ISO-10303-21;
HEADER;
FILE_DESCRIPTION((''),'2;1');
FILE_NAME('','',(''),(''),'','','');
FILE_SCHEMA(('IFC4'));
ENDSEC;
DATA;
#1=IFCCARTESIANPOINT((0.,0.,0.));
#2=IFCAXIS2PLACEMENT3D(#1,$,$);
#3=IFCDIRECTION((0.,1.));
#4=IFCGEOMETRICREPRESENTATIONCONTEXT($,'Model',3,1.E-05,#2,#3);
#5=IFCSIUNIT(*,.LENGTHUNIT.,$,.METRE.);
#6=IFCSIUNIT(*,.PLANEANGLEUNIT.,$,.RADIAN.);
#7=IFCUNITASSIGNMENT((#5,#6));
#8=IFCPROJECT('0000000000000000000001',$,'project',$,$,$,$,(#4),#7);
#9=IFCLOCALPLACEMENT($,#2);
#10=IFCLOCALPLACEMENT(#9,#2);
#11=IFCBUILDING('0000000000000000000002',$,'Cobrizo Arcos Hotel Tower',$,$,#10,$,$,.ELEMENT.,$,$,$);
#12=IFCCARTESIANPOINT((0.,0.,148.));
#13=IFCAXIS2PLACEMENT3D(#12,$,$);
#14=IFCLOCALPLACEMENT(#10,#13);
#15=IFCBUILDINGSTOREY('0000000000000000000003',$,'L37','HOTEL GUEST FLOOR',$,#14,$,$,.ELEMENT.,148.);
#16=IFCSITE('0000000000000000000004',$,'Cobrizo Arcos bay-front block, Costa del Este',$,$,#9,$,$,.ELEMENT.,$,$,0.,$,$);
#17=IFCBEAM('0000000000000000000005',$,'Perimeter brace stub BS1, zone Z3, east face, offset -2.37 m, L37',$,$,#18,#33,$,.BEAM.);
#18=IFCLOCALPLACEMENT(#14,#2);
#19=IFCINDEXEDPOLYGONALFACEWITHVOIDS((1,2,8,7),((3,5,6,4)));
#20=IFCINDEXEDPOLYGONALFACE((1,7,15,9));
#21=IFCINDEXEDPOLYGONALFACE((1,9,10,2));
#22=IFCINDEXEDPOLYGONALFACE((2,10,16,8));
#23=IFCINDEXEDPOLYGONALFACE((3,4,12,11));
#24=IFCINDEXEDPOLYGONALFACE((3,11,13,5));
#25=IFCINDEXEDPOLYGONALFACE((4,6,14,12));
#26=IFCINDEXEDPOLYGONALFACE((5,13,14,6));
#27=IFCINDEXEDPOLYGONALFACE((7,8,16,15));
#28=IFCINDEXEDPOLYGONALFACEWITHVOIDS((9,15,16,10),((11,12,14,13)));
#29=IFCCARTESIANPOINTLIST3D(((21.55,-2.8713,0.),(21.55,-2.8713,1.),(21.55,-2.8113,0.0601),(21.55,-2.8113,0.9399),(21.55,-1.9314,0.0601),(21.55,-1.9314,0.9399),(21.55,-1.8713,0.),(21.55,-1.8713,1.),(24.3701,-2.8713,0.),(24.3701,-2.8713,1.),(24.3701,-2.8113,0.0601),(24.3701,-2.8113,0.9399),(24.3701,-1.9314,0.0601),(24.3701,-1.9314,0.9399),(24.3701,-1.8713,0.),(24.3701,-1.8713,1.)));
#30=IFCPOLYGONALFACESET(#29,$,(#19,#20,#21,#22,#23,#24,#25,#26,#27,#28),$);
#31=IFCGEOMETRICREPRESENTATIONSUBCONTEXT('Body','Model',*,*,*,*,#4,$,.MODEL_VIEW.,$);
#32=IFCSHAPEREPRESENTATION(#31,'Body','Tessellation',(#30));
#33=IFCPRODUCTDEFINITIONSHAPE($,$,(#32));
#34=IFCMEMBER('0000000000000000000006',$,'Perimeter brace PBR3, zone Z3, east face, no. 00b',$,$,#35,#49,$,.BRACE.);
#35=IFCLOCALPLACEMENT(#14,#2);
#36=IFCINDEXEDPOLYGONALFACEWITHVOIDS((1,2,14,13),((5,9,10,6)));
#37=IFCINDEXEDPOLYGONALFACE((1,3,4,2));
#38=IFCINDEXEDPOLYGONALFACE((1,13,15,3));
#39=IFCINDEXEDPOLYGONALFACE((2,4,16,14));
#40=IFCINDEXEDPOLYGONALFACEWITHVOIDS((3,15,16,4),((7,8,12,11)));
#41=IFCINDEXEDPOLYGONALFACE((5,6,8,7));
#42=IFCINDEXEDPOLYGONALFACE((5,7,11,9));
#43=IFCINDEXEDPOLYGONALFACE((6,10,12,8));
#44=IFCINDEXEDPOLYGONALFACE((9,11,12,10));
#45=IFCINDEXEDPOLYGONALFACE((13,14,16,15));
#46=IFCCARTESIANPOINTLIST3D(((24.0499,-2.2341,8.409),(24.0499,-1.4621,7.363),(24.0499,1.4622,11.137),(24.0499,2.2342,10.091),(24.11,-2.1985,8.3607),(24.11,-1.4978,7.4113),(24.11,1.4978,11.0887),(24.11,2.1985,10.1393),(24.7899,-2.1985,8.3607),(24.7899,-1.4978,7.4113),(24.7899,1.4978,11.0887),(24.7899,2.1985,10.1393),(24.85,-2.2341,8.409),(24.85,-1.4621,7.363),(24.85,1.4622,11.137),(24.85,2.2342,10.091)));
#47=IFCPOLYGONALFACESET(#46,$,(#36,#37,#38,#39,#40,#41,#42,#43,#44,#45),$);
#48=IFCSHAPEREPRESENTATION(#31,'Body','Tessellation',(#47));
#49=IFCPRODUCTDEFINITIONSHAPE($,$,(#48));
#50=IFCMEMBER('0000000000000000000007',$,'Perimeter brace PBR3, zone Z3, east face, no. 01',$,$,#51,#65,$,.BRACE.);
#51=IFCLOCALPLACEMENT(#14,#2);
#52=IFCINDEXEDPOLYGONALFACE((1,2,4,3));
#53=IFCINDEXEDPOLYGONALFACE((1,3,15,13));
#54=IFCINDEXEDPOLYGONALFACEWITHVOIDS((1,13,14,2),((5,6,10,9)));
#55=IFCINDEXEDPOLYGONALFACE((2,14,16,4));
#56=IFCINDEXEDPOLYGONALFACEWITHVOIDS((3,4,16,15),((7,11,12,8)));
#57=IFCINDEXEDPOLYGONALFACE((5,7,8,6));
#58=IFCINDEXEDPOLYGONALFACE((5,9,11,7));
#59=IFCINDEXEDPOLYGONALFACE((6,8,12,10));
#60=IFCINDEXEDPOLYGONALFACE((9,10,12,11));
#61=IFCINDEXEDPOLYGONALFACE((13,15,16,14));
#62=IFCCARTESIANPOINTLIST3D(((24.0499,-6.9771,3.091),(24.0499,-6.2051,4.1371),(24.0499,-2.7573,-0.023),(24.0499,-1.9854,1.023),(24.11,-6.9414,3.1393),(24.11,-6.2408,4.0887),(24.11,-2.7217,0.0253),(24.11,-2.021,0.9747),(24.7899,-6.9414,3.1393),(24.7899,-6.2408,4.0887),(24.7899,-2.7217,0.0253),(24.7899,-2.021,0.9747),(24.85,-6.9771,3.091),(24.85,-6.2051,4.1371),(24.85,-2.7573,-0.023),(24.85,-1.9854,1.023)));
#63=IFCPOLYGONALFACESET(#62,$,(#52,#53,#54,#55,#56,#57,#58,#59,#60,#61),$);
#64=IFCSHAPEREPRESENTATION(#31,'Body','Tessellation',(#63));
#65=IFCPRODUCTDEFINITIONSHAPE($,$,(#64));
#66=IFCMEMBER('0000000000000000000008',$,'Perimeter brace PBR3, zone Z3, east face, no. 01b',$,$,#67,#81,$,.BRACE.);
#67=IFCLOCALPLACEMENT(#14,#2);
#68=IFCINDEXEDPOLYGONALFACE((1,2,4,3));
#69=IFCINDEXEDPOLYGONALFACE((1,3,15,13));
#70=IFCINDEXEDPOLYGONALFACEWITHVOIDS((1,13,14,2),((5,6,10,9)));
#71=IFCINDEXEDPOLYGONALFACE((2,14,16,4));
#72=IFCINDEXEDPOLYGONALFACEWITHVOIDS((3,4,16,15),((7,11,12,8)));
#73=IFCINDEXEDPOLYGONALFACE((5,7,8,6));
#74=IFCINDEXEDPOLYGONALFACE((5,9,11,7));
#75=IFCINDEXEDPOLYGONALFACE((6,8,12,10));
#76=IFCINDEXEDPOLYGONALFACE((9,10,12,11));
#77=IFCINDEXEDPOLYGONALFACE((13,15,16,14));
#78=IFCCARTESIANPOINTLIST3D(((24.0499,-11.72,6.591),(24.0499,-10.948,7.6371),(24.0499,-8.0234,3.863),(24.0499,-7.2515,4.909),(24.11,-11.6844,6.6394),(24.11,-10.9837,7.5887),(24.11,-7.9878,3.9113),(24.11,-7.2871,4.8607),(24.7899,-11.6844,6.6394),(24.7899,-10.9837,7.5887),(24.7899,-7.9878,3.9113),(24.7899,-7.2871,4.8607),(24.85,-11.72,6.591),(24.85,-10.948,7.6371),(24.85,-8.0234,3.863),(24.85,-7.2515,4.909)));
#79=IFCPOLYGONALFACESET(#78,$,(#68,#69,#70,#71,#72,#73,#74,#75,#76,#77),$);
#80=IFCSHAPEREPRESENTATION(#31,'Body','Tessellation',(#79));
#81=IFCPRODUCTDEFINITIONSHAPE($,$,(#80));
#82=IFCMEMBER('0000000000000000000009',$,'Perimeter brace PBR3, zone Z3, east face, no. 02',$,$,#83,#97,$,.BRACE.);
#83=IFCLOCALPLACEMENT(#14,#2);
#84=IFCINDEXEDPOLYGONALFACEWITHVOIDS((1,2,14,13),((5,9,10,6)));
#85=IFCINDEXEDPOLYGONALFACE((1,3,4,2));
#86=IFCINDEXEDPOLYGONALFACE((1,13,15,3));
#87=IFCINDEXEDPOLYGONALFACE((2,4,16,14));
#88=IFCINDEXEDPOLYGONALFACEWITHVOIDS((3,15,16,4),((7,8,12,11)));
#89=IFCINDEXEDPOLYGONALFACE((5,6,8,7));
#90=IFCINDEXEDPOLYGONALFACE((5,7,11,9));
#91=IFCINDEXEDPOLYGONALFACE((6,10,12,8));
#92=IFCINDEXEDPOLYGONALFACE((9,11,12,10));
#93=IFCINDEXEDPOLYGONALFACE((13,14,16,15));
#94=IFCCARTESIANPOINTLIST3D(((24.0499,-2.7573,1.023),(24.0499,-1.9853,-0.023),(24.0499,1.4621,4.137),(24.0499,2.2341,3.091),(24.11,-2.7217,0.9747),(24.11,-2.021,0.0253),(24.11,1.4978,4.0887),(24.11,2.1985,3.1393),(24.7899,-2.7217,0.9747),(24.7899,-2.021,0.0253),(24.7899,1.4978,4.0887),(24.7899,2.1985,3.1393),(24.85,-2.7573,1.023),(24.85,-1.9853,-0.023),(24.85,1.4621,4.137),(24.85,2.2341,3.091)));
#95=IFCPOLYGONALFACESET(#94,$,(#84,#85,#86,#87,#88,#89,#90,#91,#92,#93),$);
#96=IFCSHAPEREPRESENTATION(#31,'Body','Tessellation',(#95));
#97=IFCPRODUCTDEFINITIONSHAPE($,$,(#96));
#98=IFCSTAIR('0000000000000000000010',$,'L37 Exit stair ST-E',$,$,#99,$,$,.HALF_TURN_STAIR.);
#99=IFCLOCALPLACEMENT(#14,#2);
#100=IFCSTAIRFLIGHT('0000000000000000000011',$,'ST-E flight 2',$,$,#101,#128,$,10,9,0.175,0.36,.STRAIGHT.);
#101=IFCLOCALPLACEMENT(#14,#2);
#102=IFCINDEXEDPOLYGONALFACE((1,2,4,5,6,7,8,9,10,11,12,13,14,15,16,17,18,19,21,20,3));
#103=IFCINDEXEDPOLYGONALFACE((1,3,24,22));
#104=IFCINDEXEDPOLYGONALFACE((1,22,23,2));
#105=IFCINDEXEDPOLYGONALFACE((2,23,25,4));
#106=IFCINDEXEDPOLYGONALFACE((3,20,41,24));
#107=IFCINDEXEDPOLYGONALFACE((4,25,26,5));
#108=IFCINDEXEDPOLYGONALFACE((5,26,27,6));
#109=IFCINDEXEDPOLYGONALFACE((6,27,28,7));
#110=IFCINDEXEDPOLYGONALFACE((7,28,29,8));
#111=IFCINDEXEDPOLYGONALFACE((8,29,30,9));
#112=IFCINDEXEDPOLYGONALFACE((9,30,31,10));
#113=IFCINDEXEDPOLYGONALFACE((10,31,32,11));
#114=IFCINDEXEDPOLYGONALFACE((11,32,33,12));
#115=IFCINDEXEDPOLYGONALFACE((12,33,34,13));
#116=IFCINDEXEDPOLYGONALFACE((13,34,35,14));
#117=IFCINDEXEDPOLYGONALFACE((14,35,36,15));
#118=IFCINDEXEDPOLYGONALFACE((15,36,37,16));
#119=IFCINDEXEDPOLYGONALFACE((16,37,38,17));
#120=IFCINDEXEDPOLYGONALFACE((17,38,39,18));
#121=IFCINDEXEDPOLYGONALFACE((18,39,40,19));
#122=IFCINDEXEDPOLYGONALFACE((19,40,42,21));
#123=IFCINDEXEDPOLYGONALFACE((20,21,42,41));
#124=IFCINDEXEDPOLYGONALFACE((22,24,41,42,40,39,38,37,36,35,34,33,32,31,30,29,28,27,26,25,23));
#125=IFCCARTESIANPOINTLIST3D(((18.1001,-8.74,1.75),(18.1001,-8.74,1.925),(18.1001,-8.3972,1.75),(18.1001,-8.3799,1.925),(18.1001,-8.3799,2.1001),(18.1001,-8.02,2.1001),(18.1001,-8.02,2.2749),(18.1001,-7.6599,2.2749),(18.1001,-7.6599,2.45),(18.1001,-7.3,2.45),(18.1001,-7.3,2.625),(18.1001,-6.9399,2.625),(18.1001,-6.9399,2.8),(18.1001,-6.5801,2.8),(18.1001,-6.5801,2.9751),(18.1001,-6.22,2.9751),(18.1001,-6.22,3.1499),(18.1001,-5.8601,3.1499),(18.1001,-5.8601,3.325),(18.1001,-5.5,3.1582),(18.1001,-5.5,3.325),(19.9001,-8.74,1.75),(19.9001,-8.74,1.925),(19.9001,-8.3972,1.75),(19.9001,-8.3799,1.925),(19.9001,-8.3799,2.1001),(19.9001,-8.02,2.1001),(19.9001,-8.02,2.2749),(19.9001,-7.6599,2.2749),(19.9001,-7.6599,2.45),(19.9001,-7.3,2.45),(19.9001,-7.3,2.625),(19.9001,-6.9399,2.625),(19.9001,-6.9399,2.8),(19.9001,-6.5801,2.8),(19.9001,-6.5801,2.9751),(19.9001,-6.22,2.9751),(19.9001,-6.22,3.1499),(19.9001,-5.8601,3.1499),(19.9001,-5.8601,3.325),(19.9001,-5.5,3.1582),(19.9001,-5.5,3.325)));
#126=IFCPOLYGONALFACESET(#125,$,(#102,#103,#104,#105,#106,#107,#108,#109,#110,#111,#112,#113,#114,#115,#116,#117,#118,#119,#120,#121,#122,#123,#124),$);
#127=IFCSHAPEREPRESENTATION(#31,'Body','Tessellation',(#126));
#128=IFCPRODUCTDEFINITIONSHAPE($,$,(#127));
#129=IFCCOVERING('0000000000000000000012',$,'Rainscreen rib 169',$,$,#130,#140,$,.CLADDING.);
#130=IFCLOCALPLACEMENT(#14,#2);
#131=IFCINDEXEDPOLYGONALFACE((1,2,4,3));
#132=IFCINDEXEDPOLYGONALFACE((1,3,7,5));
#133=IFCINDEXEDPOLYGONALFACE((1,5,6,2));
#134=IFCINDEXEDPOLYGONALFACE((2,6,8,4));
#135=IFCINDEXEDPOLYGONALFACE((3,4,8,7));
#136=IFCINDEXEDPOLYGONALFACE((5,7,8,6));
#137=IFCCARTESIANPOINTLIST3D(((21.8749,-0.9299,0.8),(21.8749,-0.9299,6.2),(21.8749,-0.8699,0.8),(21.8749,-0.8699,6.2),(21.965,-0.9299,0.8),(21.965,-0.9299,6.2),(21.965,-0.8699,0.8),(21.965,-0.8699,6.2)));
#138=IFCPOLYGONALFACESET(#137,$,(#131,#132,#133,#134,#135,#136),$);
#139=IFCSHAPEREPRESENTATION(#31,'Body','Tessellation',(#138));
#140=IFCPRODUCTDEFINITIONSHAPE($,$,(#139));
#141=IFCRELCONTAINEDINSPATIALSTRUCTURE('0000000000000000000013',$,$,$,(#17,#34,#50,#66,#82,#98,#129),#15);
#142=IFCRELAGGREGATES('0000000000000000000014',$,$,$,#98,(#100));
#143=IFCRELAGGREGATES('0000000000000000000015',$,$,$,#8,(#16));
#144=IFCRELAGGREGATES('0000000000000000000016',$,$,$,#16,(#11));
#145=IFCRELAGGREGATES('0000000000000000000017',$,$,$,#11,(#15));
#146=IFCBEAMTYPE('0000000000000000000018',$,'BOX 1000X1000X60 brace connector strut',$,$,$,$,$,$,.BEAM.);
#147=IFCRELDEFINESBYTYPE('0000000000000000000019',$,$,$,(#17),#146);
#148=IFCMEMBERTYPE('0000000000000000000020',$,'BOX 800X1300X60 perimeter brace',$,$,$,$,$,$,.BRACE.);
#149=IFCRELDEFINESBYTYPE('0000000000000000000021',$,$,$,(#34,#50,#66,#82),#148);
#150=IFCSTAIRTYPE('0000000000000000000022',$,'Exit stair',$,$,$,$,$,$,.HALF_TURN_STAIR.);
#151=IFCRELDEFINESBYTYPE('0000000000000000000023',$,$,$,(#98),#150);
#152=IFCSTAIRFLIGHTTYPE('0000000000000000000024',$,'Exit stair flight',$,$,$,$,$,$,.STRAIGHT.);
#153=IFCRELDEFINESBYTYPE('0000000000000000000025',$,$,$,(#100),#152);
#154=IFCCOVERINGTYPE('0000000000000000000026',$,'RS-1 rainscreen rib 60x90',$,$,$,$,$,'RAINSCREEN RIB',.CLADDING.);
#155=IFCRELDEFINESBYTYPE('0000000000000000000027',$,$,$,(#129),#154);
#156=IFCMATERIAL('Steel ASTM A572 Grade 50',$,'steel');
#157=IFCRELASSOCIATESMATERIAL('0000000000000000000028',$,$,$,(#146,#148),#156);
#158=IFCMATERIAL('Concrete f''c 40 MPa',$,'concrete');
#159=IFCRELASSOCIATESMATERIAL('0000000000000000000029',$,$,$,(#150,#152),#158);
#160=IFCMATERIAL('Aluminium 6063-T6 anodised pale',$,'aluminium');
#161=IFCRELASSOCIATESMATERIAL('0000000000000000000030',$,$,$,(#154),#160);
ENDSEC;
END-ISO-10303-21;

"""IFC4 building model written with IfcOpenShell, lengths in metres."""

from ifc_helpers import new_model, si_unit, direction, frame, origin, origin_2d, place, context, subcontext, project, spatial, polyline, rectangle, hollow_rectangle, outline, extrude, material, material_profile, profile_set, type_object, element, aggregate, save


model = new_model("IFC4")

# Units and contexts
model_context = context("Model", 3, precision=1e-05, world=origin(), true_north=direction((0.0, 1.0)))
body_context = subcontext(model_context, "Body", "Model", "MODEL_VIEW")
ifc_project = project(units=[si_unit("LENGTHUNIT", "METRE"), si_unit("PLANEANGLEUNIT", "RADIAN")], contexts=[model_context])

# Site, building, storey
site_placement = place(None, origin())
site = spatial("IfcSite", under=ifc_project, at=site_placement, Name="Cobrizo Arcos bay-front block, Costa del Este", CompositionType="ELEMENT", RefElevation=0.0)
building_placement = place(site_placement, origin())
building = spatial("IfcBuilding", under=site, at=building_placement, Name="Cobrizo Arcos Hotel Tower", CompositionType="ELEMENT")
storey_placement = place(building_placement, frame((0.0, 0.0, 148.0)))
storey = spatial("IfcBuildingStorey", under=building, at=storey_placement, Name="L37", Description="HOTEL GUEST FLOOR", CompositionType="ELEMENT", Elevation=148.0)

# Beam
ifc_material_1 = material(Name="Steel ASTM A572 Grade 50", Category="steel")
ifc_material_profile_1 = material_profile(ifc_material_1, hollow_rectangle(XDim=1.0, YDim=1.0, WallThickness=0.0601, at=origin_2d()), Name="BOX 1000X1000X60")
ifc_profile_set_1 = profile_set([ifc_material_profile_1], Name="Steel ASTM A572 Grade 50")
beam_type = type_object("IfcBeamType", Name="BOX 1000X1000X60 brace connector strut", PredefinedType="BEAM", material=ifc_profile_set_1)
beam_placement = place(storey_placement, frame((21.55, -2.3713, 0.5), z_axis=(1.0, 0.0, 0.0), x_axis=(0.0, 1.0, 0.0)))
element("IfcBeam", 1, at=beam_placement, inside=storey, type_object=beam_type, Name="Perimeter brace stub BS1, zone Z3, east face, offset -2.37 m, L37", PredefinedType="BEAM", context=body_context, shape_type="SweptSolid", body=[
    extrude(hollow_rectangle(XDim=1.0, YDim=1.0, WallThickness=0.0601, at=origin_2d()), origin(), (0.0, 0.0, 1.0), 2.8201),
])

# Members
ifc_material_profile_2 = material_profile(ifc_material_1, hollow_rectangle(XDim=0.8, YDim=1.3, WallThickness=0.0601, at=origin_2d()), Name="BOX 800X1300X60")
ifc_profile_set_2 = profile_set([ifc_material_profile_2], Name="Steel ASTM A572 Grade 50")
member_type = type_object("IfcMemberType", Name="BOX 800X1300X60 perimeter brace", PredefinedType="BRACE", material=ifc_profile_set_2)
member_1_placement = place(storey_placement, frame((24.45, -1.8481, 7.886), z_axis=(0.0, 0.804593, 0.593826), x_axis=(-1.0, 0.0, 0.0)))
element("IfcMember", 2, at=member_1_placement, inside=storey, type_object=member_type, Name="Perimeter brace PBR3, zone Z3, east face, no. 00b", PredefinedType="BRACE", context=body_context, shape_type="SweptSolid", body=[
    extrude(hollow_rectangle(XDim=0.8, YDim=1.3, WallThickness=0.0601, at=origin_2d()), origin(), (0.0, 0.0, 1.0), 4.594),
])
member_2_placement = place(storey_placement, frame((24.45, -2.3713, 0.5), z_axis=(0.0, -0.804624, 0.593785), x_axis=(1.0, 0.0, 0.0)))
element("IfcMember", 3, at=member_2_placement, inside=storey, type_object=member_type, Name="Perimeter brace PBR3, zone Z3, east face, no. 01", PredefinedType="BRACE", context=body_context, shape_type="SweptSolid", body=[
    extrude(hollow_rectangle(XDim=0.8, YDim=1.3, WallThickness=0.0601, at=origin_2d()), origin(), (0.0, 0.0, 1.0), 5.2444),
])
member_3_placement = place(storey_placement, frame((24.45, -7.6375, 4.386), z_axis=(0.0, -0.804612, 0.593801), x_axis=(1.0, 0.0, 0.0)))
element("IfcMember", 4, at=member_3_placement, inside=storey, type_object=member_type, Name="Perimeter brace PBR3, zone Z3, east face, no. 01b", PredefinedType="BRACE", context=body_context, shape_type="SweptSolid", body=[
    extrude(hollow_rectangle(XDim=0.8, YDim=1.3, WallThickness=0.0601, at=origin_2d()), origin(), (0.0, 0.0, 1.0), 4.5942),
])
member_4_placement = place(storey_placement, frame((24.45, -2.3713, 0.5), z_axis=(0.0, 0.804607, 0.593807), x_axis=(-1.0, 0.0, 0.0)))
element("IfcMember", 5, at=member_4_placement, inside=storey, type_object=member_type, Name="Perimeter brace PBR3, zone Z3, east face, no. 02", PredefinedType="BRACE", context=body_context, shape_type="SweptSolid", body=[
    extrude(hollow_rectangle(XDim=0.8, YDim=1.3, WallThickness=0.0601, at=origin_2d()), origin(), (0.0, 0.0, 1.0), 5.2441),
])

# Stair, stair flight
ifc_material_2 = material(Name="Concrete f'c 40 MPa", Category="concrete")
stair_type = type_object("IfcStairType", Name="Exit stair", PredefinedType="HALF_TURN_STAIR", material=ifc_material_2)
stair_placement = place(storey_placement, origin())
stair = element("IfcStair", 6, at=stair_placement, inside=storey, type_object=stair_type, Name="L37 Exit stair ST-E", PredefinedType="HALF_TURN_STAIR")
stair_flight_type = type_object("IfcStairFlightType", Name="Exit stair flight", PredefinedType="STRAIGHT", material=ifc_material_2)
stair_flight_placement = place(storey_placement, frame((19.0, -8.74, 1.75), z_axis=(0.0, 0.0, 1.0), x_axis=(0.0, 1.0, 0.0)))
stair_flight = element("IfcStairFlight", 7, at=stair_flight_placement, type_object=stair_flight_type, Name="ST-E flight 2", NumberOfRisers=10, NumberOfTreads=9, PredefinedType="STRAIGHT", RiserHeight=0.175, TreadLength=0.36, context=body_context, shape_type="SweptSolid", body=[
    extrude(outline(polyline([(0.0, 0.0), (0.0, 0.175), (0.3601, 0.175), (0.3601, 0.3501), (0.72, 0.3501), (0.72, 0.5249), (1.0801, 0.5249), (1.0801, 0.7), (1.4399, 0.7), (1.4399, 0.875), (1.8, 0.875), (1.8, 1.05), (2.1599, 1.05), (2.1599, 1.2251), (2.52, 1.2251), (2.52, 1.3999), (2.8799, 1.3999), (2.8799, 1.575), (3.24, 1.575), (3.24, 1.75), (3.24, 1.4082), (0.3428, 0.0), (0.0, 0.0)])), frame((0.0, 0.8999, 0.0), z_axis=(0.0, -1.0, 0.0), x_axis=(1.0, 0.0, 0.0)), (0.0, 0.0, 1.0), 1.8),
])
aggregate(stair, [stair_flight])

# Covering
ifc_material_3 = material(Name="Aluminium 6063-T6 anodised pale", Category="aluminium")
covering_type = type_object("IfcCoveringType", Name="RS-1 rainscreen rib 60x90", ElementType="RAINSCREEN RIB", PredefinedType="CLADDING", material=ifc_material_3)
covering_placement = place(storey_placement, frame((21.9199, -0.8999, 0.8), z_axis=(0.0, 0.0, 1.0), x_axis=(0.0, 1.0, 0.0)))
element("IfcCovering", 8, at=covering_placement, inside=storey, type_object=covering_type, Name="Rainscreen rib 169", PredefinedType="CLADDING", context=body_context, shape_type="SweptSolid", body=[
    extrude(rectangle(XDim=0.0601, YDim=0.0901, at=origin_2d()), origin(), (0.0, 0.0, 1.0), 5.3999),
])

save(model, "model.ifc")
